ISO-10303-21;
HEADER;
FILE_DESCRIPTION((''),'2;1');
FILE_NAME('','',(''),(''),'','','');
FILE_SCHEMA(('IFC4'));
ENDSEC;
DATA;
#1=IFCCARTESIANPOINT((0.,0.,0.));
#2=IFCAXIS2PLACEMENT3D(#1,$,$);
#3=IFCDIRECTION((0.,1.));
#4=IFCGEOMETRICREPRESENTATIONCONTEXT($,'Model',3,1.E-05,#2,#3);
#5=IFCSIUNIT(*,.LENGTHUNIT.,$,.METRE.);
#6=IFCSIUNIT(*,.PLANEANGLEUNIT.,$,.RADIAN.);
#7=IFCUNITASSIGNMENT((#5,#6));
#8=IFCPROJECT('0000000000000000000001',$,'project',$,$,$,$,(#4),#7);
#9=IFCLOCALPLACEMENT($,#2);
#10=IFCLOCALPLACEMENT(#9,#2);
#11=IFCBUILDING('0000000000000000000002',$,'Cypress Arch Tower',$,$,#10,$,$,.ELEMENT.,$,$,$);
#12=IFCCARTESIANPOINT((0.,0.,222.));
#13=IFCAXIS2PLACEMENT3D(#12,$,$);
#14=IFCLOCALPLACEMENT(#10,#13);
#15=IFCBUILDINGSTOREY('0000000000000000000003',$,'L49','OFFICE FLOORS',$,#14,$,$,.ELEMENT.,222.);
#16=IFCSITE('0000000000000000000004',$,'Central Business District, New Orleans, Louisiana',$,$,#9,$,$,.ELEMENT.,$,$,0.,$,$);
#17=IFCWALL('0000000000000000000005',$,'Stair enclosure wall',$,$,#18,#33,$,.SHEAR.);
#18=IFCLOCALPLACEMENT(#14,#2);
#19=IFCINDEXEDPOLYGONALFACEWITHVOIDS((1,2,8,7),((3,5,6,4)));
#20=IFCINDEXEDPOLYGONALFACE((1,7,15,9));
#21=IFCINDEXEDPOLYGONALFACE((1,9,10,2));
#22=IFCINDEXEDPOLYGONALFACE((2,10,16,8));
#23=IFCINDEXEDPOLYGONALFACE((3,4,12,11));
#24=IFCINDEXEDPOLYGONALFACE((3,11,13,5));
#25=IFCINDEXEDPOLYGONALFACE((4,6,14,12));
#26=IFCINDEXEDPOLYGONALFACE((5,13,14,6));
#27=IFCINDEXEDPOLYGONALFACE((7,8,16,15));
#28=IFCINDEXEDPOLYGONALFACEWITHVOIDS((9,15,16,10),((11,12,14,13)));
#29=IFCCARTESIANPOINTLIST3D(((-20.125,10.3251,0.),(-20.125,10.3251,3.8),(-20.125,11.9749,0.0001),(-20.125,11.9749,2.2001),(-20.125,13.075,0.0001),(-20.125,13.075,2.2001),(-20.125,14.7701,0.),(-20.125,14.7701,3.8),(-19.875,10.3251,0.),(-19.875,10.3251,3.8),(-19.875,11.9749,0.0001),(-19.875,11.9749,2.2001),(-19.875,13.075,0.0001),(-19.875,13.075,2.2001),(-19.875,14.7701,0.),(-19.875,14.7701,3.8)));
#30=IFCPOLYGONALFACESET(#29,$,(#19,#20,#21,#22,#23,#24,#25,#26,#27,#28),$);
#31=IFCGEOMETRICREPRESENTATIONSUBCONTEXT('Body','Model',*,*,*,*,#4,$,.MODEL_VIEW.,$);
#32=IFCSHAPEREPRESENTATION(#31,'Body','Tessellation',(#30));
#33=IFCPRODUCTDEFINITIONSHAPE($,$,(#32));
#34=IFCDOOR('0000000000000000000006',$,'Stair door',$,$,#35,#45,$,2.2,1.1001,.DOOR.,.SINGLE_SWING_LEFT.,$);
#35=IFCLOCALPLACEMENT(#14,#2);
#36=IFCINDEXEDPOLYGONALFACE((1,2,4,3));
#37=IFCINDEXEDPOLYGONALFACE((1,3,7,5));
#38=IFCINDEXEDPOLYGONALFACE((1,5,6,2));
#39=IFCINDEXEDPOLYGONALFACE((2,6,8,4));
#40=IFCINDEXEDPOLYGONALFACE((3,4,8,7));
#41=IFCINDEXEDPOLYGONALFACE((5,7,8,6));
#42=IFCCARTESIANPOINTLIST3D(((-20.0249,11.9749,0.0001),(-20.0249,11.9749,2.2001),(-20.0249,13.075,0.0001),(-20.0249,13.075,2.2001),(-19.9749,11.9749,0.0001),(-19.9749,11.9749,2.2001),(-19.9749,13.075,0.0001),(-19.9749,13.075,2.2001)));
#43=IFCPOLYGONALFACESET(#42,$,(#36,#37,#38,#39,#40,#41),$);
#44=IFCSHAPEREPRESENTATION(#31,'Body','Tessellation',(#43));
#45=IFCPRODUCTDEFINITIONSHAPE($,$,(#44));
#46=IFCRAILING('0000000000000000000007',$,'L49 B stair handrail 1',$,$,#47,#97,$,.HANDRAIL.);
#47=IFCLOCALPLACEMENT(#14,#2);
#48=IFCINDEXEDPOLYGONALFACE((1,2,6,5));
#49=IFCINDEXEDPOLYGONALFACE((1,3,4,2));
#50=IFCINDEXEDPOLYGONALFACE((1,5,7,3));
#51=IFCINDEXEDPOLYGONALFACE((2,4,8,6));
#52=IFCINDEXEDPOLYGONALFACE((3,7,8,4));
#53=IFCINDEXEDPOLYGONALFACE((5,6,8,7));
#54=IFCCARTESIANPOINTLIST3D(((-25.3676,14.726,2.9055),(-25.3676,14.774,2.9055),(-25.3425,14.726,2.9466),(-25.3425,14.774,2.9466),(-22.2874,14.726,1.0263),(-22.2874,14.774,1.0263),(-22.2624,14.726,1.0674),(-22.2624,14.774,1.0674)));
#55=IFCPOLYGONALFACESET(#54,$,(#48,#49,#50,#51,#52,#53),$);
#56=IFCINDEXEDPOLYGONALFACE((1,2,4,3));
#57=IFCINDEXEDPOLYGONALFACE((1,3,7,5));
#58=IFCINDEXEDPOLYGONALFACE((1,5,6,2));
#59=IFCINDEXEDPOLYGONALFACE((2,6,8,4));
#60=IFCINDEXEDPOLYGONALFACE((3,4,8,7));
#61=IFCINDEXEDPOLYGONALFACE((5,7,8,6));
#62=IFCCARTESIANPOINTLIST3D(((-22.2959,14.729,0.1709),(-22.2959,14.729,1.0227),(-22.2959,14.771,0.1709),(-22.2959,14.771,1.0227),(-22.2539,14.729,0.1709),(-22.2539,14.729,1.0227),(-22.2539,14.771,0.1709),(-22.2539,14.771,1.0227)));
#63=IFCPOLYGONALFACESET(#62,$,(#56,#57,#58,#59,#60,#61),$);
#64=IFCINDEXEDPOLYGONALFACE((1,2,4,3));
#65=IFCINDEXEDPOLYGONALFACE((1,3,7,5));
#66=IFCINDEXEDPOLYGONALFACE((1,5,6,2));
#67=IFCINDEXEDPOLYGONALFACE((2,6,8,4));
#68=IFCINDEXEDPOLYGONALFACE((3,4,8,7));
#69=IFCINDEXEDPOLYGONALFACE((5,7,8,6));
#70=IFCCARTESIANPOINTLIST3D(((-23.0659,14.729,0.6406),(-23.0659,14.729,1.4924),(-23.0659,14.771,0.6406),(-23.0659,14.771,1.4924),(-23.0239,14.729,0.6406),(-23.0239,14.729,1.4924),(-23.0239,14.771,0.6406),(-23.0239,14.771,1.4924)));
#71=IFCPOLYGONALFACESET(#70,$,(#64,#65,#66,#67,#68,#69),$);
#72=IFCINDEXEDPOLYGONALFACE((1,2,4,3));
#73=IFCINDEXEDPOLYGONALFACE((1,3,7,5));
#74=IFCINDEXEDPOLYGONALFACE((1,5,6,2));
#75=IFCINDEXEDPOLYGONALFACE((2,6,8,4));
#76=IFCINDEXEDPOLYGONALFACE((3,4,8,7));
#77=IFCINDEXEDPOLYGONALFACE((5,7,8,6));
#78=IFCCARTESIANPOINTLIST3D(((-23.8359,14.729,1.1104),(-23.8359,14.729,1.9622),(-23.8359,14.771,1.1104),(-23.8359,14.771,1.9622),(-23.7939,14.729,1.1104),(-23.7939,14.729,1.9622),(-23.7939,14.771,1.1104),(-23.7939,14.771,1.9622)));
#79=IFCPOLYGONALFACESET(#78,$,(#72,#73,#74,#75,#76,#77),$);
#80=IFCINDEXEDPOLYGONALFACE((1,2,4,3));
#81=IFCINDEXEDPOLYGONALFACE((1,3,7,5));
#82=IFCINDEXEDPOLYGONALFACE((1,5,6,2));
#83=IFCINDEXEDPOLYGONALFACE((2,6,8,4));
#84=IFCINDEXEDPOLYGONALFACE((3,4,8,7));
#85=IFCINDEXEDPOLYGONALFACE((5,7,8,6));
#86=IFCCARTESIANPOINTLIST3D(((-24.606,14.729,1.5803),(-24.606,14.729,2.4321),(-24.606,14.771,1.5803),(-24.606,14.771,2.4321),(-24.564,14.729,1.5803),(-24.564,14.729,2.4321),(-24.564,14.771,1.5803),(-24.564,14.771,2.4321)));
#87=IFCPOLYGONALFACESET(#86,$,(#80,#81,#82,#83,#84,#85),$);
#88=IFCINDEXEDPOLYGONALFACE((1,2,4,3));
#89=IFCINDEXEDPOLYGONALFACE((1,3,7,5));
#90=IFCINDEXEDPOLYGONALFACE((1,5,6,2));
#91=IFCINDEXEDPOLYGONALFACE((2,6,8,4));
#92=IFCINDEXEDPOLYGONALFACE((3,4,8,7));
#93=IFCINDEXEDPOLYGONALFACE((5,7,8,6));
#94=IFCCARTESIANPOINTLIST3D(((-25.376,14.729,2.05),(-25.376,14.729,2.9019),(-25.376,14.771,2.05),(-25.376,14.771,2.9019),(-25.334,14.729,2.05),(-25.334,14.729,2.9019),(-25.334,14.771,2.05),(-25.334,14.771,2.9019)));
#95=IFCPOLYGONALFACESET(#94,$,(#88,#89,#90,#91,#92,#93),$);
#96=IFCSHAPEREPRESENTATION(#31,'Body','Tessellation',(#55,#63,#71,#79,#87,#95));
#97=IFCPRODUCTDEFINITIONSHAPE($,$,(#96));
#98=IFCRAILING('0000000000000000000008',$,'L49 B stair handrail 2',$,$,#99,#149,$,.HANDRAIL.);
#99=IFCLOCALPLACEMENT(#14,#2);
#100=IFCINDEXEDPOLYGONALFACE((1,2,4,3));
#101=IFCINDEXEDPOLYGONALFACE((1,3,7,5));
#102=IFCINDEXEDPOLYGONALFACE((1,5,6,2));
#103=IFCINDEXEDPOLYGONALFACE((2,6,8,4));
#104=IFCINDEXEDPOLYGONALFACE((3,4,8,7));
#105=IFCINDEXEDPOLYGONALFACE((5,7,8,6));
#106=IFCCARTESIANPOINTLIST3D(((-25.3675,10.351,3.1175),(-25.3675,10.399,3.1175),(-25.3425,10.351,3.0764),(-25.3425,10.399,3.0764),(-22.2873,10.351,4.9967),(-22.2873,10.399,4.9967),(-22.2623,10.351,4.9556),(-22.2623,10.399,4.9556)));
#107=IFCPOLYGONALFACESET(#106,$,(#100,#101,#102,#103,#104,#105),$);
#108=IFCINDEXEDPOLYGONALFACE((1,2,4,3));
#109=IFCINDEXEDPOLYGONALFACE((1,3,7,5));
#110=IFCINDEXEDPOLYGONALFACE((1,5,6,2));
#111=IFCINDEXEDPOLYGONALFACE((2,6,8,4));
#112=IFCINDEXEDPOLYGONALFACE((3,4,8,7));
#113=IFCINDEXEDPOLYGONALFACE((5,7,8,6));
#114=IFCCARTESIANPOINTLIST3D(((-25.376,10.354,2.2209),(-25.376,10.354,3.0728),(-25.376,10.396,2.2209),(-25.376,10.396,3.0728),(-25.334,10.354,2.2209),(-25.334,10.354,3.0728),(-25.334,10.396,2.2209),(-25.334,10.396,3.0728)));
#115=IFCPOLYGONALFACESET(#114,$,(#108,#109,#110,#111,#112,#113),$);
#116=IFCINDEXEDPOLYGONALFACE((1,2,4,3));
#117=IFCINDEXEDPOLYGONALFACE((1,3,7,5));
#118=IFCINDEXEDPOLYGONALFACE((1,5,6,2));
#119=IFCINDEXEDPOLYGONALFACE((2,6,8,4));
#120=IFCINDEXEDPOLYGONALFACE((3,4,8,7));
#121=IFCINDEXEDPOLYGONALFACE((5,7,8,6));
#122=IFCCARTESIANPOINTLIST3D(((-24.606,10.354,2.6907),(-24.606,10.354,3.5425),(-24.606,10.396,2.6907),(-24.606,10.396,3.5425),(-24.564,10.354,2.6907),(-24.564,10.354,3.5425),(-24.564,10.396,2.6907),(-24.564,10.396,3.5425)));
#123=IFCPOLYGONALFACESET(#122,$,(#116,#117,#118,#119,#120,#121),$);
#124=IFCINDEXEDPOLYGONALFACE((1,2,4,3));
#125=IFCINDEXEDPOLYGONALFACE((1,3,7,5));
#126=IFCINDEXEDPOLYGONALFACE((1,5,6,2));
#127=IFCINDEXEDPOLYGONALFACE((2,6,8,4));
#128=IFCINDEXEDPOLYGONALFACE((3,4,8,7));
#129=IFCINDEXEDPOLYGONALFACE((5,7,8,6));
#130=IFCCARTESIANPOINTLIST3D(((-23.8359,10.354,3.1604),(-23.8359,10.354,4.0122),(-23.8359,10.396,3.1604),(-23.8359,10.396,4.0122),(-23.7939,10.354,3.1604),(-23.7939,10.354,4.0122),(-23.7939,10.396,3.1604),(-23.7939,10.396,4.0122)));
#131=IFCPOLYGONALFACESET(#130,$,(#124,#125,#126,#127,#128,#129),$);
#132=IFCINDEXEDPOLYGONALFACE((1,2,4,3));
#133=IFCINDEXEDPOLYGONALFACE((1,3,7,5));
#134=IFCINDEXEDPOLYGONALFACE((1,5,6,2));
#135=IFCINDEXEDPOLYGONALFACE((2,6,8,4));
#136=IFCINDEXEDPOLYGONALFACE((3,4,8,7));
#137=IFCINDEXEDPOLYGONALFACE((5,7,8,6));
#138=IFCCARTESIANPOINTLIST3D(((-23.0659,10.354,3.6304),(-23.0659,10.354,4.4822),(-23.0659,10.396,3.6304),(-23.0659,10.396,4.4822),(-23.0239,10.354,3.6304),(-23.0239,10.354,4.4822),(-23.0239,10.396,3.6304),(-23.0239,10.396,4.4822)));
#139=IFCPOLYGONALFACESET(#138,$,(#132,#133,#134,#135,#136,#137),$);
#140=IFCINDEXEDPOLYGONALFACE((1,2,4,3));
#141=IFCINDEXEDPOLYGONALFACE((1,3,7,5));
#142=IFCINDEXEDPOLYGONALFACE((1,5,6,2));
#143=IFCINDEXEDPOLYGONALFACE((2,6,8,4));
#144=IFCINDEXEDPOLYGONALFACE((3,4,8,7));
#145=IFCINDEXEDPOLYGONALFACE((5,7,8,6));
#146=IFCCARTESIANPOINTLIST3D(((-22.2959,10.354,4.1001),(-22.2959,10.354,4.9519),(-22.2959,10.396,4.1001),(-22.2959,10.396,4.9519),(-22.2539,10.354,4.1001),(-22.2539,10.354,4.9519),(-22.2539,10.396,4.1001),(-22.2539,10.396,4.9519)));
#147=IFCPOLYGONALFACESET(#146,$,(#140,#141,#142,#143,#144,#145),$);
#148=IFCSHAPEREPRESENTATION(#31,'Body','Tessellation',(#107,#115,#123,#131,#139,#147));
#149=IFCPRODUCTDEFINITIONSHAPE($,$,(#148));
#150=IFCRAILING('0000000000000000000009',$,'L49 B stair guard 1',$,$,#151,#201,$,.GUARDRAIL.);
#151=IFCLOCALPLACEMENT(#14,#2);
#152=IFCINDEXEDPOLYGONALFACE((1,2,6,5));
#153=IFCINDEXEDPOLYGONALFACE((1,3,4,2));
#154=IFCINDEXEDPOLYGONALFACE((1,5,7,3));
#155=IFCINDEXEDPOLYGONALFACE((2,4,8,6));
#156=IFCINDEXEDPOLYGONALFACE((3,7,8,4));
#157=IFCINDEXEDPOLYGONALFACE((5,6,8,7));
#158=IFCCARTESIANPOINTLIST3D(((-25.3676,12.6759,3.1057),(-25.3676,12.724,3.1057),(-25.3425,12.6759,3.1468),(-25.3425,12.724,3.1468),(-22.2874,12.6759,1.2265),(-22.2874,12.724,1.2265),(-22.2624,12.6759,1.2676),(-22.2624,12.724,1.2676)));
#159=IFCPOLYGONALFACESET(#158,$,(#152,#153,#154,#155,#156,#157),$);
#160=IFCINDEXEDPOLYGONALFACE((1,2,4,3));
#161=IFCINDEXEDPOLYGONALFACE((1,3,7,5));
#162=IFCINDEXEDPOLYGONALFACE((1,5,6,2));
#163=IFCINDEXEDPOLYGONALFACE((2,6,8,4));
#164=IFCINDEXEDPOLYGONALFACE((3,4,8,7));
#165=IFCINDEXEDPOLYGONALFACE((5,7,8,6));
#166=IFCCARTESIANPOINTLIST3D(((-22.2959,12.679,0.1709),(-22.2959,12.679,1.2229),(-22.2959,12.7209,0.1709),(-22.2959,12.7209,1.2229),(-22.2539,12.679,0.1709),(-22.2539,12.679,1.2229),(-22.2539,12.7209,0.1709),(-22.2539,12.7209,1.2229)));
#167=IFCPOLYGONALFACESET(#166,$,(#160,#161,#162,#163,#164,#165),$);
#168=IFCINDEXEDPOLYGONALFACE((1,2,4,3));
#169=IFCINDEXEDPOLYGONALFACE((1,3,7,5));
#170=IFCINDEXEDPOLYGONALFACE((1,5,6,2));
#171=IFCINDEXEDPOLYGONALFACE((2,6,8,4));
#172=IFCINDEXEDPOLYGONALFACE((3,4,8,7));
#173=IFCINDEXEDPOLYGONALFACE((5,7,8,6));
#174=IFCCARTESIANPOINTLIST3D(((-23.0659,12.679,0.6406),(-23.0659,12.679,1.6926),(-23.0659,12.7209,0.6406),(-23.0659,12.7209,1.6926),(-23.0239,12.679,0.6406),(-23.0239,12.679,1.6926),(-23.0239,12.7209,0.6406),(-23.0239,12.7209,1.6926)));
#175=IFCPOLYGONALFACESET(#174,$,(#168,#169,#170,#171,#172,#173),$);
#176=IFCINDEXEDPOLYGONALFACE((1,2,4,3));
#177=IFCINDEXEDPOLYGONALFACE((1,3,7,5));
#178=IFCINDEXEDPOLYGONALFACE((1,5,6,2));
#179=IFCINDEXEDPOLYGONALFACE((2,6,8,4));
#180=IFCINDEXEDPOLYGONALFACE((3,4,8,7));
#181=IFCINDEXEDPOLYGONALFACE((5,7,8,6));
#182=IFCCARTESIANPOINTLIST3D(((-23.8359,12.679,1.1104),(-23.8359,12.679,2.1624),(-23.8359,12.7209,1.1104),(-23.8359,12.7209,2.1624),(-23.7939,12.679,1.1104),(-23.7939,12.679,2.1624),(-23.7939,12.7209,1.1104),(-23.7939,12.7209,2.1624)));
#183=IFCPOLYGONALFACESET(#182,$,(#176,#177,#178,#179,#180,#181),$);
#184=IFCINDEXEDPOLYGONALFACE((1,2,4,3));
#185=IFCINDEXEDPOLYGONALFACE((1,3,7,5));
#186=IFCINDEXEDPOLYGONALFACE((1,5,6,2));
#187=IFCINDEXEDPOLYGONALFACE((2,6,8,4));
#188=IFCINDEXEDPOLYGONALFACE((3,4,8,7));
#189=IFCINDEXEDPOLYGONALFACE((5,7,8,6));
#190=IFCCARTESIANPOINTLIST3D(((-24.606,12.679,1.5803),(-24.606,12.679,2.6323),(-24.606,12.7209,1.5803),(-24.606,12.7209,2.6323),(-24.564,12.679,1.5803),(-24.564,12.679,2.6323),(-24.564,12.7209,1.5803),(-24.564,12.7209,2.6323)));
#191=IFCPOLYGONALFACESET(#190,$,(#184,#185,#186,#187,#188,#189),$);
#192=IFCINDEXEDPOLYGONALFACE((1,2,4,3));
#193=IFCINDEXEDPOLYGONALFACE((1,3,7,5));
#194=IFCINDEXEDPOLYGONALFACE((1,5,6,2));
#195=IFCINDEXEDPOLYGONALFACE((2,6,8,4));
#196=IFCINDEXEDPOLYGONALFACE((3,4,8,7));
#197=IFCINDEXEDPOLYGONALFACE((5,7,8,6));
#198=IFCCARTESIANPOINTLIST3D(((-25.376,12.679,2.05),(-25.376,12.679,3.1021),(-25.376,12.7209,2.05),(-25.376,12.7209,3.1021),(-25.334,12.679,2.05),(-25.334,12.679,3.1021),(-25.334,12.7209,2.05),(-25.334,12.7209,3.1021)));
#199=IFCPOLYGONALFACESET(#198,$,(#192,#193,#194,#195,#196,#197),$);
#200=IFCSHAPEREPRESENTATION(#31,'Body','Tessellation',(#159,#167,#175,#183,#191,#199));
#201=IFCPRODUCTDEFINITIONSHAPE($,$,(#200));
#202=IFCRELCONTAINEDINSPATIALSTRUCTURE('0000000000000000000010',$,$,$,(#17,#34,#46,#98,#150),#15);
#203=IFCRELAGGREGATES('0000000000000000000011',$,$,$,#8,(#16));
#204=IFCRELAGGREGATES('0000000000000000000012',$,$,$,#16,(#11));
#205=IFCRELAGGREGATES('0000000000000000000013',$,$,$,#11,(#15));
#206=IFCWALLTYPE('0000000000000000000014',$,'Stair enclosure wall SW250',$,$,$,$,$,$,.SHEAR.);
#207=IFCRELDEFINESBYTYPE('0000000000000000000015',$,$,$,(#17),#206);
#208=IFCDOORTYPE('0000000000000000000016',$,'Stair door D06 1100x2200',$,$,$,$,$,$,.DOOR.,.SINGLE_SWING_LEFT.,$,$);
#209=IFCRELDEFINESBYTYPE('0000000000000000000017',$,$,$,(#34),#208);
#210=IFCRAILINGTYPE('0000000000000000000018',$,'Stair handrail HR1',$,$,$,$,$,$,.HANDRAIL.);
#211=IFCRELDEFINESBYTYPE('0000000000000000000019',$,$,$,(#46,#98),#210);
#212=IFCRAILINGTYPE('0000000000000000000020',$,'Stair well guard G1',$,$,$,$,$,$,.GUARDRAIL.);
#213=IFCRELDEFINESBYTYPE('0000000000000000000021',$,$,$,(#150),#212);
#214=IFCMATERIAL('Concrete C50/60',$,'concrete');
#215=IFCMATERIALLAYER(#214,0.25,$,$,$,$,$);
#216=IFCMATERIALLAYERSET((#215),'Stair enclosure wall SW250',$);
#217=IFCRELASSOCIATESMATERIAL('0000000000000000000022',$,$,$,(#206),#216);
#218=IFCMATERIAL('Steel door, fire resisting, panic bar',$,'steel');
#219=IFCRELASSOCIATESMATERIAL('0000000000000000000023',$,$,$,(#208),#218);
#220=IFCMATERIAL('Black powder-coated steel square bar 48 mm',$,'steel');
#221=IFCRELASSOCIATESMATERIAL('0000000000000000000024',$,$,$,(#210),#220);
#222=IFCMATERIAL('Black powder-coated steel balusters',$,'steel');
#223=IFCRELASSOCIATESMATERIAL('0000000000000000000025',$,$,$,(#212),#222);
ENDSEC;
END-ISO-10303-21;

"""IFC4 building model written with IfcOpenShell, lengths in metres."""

from ifc_helpers import new_model, si_unit, direction, frame, frame_2d, origin, origin_2d, place, context, subcontext, project, spatial, rectangle, extrude, material, layer, layer_set, type_object, element, fill, save


model = new_model("IFC4")

# Units and contexts
model_context = context("Model", 3, precision=1e-05, world=origin(), true_north=direction((0.0, 1.0)))
body_context = subcontext(model_context, "Body", "Model", "MODEL_VIEW")
ifc_project = project(units=[si_unit("LENGTHUNIT", "METRE"), si_unit("PLANEANGLEUNIT", "RADIAN")], contexts=[model_context])

# Site, building, storey
site_placement = place(None, origin())
site = spatial("IfcSite", under=ifc_project, at=site_placement, Name="Central Business District, New Orleans, Louisiana", CompositionType="ELEMENT", RefElevation=0.0)
building_placement = place(site_placement, origin())
building = spatial("IfcBuilding", under=site, at=building_placement, Name="Cypress Arch Tower", CompositionType="ELEMENT")
storey_placement = place(building_placement, frame((0.0, 0.0, 222.0)))
storey = spatial("IfcBuildingStorey", under=building, at=storey_placement, Name="L49", Description="OFFICE FLOORS", CompositionType="ELEMENT", Elevation=222.0)

# Wall, opening, door
ifc_material_1 = material(Name="Concrete C50/60", Category="concrete")
ifc_layer_1 = layer(ifc_material_1, 0.25)
ifc_layer_set_1 = layer_set([ifc_layer_1], Name="Stair enclosure wall SW250")
wall_type_1 = type_object("IfcWallType", Name="Stair enclosure wall SW250", PredefinedType="SHEAR", material=ifc_layer_set_1)
wall_1_placement = place(storey_placement, frame((-20.0, 10.325, 0.0), z_axis=(0.0, 0.0, 1.0), x_axis=(0.0, 1.0, 0.0)))
wall_1 = element("IfcWall", 1, at=wall_1_placement, inside=storey, type_object=wall_type_1, Name="Stair enclosure wall", PredefinedType="SHEAR", context=body_context, shape_type="SweptSolid", body=[
    extrude(rectangle(XDim=4.4451, YDim=0.25, at=frame_2d((2.2227, 0.0))), origin(), (0.0, 0.0, 1.0), 3.8),
])
opening_1_placement = place(wall_1_placement, frame((1.6499, 0.0, 0.0)))
opening_1 = element("IfcOpeningElement", 2, at=opening_1_placement, cuts=wall_1, PredefinedType="OPENING", context=body_context, shape_type="SweptSolid", body=[
    extrude(rectangle(XDim=1.1001, YDim=2.2, at=frame_2d((0.55, 1.1001))), frame((0.0, 0.135, 0.0), z_axis=(0.0, -1.0, 0.0), x_axis=(1.0, 0.0, 0.0)), (0.0, 0.0, 1.0), 0.27),
])
ifc_material_2 = material(Name="Steel door, fire resisting, panic bar", Category="steel")
door_type = type_object("IfcDoorType", Name="Stair door D06 1100x2200", OperationType="SINGLE_SWING_LEFT", PredefinedType="DOOR", material=ifc_material_2)
door_placement = place(opening_1_placement, origin())
door = element("IfcDoor", 3, at=door_placement, inside=storey, type_object=door_type, Name="Stair door", OperationType="SINGLE_SWING_LEFT", OverallHeight=2.2, OverallWidth=1.1001, PredefinedType="DOOR", context=body_context, shape_type="SweptSolid", body=[
    extrude(rectangle(XDim=1.1001, YDim=2.2, at=frame_2d((0.55, 1.1001))), frame((0.0, 0.0249, 0.0), z_axis=(0.0, -1.0, 0.0), x_axis=(1.0, 0.0, 0.0)), (0.0, 0.0, 1.0), 0.05),
])
fill(opening_1, door)

# Railings
ifc_material_3 = material(Name="Black powder-coated steel square bar 48 mm", Category="steel")
railing_type_1 = type_object("IfcRailingType", Name="Stair handrail HR1", PredefinedType="HANDRAIL", material=ifc_material_3)
railing_1_placement = place(storey_placement, frame((-22.2749, 14.75, 0.1709)))
element("IfcRailing", 4, at=railing_1_placement, inside=storey, type_object=railing_type_1, Name="L49 B stair handrail 1", PredefinedType="HANDRAIL", context=body_context, shape_type="SweptSolid", body=[
    extrude(rectangle(XDim=0.0481, YDim=0.0481, at=origin_2d()), frame((0.0, 0.0, 0.876), z_axis=(-0.853666, 0.0, 0.52082), x_axis=(0.0, -1.0, 0.0)), (0.0, 0.0, 1.0), 3.6082),
    extrude(rectangle(XDim=0.042, YDim=0.042, at=origin_2d()), origin(), (0.0, 0.0, 1.0), 0.8518),
    extrude(rectangle(XDim=0.042, YDim=0.042, at=origin_2d()), frame((-0.77, 0.0, 0.4697)), (0.0, 0.0, 1.0), 0.8518),
    extrude(rectangle(XDim=0.042, YDim=0.042, at=origin_2d()), frame((-1.54, 0.0, 0.9395)), (0.0, 0.0, 1.0), 0.8518),
    extrude(rectangle(XDim=0.042, YDim=0.042, at=origin_2d()), frame((-2.3101, 0.0, 1.4094)), (0.0, 0.0, 1.0), 0.8518),
    extrude(rectangle(XDim=0.042, YDim=0.042, at=origin_2d()), frame((-3.0801, 0.0, 1.8792)), (0.0, 0.0, 1.0), 0.8518),
])
railing_2_placement = place(storey_placement, frame((-25.355, 10.375, 2.2209)))
element("IfcRailing", 5, at=railing_2_placement, inside=storey, type_object=railing_type_1, Name="L49 B stair handrail 2", PredefinedType="HANDRAIL", context=body_context, shape_type="SweptSolid", body=[
    extrude(rectangle(XDim=0.0481, YDim=0.0481, at=origin_2d()), frame((0.0, 0.0, 0.876), z_axis=(0.853666, 0.0, 0.52082), x_axis=(0.0, 1.0, 0.0)), (0.0, 0.0, 1.0), 3.6082),
    extrude(rectangle(XDim=0.042, YDim=0.042, at=origin_2d()), origin(), (0.0, 0.0, 1.0), 0.8518),
    extrude(rectangle(XDim=0.042, YDim=0.042, at=origin_2d()), frame((0.77, 0.0, 0.4697)), (0.0, 0.0, 1.0), 0.8518),
    extrude(rectangle(XDim=0.042, YDim=0.042, at=origin_2d()), frame((1.54, 0.0, 0.9395)), (0.0, 0.0, 1.0), 0.8518),
    extrude(rectangle(XDim=0.042, YDim=0.042, at=origin_2d()), frame((2.3101, 0.0, 1.4094)), (0.0, 0.0, 1.0), 0.8518),
    extrude(rectangle(XDim=0.042, YDim=0.042, at=origin_2d()), frame((3.0801, 0.0, 1.8792)), (0.0, 0.0, 1.0), 0.8518),
])
ifc_material_4 = material(Name="Black powder-coated steel balusters", Category="steel")
railing_type_2 = type_object("IfcRailingType", Name="Stair well guard G1", PredefinedType="GUARDRAIL", material=ifc_material_4)
railing_3_placement = place(storey_placement, frame((-22.2749, 12.7, 0.1709)))
element("IfcRailing", 6, at=railing_3_placement, inside=storey, type_object=railing_type_2, Name="L49 B stair guard 1", PredefinedType="GUARDRAIL", context=body_context, shape_type="SweptSolid", body=[
    extrude(rectangle(XDim=0.0481, YDim=0.0481, at=origin_2d()), frame((0.0, 0.0, 1.0762), z_axis=(-0.853666, 0.0, 0.52082), x_axis=(0.0, -1.0, 0.0)), (0.0, 0.0, 1.0), 3.6082),
    extrude(rectangle(XDim=0.042, YDim=0.042, at=origin_2d()), origin(), (0.0, 0.0, 1.0), 1.052),
    extrude(rectangle(XDim=0.042, YDim=0.042, at=origin_2d()), frame((-0.77, 0.0, 0.4697)), (0.0, 0.0, 1.0), 1.052),
    extrude(rectangle(XDim=0.042, YDim=0.042, at=origin_2d()), frame((-1.54, 0.0, 0.9395)), (0.0, 0.0, 1.0), 1.052),
    extrude(rectangle(XDim=0.042, YDim=0.042, at=origin_2d()), frame((-2.3101, 0.0, 1.4094)), (0.0, 0.0, 1.0), 1.052),
    extrude(rectangle(XDim=0.042, YDim=0.042, at=origin_2d()), frame((-3.0801, 0.0, 1.8792)), (0.0, 0.0, 1.0), 1.052),
])

save(model, "model.ifc")
